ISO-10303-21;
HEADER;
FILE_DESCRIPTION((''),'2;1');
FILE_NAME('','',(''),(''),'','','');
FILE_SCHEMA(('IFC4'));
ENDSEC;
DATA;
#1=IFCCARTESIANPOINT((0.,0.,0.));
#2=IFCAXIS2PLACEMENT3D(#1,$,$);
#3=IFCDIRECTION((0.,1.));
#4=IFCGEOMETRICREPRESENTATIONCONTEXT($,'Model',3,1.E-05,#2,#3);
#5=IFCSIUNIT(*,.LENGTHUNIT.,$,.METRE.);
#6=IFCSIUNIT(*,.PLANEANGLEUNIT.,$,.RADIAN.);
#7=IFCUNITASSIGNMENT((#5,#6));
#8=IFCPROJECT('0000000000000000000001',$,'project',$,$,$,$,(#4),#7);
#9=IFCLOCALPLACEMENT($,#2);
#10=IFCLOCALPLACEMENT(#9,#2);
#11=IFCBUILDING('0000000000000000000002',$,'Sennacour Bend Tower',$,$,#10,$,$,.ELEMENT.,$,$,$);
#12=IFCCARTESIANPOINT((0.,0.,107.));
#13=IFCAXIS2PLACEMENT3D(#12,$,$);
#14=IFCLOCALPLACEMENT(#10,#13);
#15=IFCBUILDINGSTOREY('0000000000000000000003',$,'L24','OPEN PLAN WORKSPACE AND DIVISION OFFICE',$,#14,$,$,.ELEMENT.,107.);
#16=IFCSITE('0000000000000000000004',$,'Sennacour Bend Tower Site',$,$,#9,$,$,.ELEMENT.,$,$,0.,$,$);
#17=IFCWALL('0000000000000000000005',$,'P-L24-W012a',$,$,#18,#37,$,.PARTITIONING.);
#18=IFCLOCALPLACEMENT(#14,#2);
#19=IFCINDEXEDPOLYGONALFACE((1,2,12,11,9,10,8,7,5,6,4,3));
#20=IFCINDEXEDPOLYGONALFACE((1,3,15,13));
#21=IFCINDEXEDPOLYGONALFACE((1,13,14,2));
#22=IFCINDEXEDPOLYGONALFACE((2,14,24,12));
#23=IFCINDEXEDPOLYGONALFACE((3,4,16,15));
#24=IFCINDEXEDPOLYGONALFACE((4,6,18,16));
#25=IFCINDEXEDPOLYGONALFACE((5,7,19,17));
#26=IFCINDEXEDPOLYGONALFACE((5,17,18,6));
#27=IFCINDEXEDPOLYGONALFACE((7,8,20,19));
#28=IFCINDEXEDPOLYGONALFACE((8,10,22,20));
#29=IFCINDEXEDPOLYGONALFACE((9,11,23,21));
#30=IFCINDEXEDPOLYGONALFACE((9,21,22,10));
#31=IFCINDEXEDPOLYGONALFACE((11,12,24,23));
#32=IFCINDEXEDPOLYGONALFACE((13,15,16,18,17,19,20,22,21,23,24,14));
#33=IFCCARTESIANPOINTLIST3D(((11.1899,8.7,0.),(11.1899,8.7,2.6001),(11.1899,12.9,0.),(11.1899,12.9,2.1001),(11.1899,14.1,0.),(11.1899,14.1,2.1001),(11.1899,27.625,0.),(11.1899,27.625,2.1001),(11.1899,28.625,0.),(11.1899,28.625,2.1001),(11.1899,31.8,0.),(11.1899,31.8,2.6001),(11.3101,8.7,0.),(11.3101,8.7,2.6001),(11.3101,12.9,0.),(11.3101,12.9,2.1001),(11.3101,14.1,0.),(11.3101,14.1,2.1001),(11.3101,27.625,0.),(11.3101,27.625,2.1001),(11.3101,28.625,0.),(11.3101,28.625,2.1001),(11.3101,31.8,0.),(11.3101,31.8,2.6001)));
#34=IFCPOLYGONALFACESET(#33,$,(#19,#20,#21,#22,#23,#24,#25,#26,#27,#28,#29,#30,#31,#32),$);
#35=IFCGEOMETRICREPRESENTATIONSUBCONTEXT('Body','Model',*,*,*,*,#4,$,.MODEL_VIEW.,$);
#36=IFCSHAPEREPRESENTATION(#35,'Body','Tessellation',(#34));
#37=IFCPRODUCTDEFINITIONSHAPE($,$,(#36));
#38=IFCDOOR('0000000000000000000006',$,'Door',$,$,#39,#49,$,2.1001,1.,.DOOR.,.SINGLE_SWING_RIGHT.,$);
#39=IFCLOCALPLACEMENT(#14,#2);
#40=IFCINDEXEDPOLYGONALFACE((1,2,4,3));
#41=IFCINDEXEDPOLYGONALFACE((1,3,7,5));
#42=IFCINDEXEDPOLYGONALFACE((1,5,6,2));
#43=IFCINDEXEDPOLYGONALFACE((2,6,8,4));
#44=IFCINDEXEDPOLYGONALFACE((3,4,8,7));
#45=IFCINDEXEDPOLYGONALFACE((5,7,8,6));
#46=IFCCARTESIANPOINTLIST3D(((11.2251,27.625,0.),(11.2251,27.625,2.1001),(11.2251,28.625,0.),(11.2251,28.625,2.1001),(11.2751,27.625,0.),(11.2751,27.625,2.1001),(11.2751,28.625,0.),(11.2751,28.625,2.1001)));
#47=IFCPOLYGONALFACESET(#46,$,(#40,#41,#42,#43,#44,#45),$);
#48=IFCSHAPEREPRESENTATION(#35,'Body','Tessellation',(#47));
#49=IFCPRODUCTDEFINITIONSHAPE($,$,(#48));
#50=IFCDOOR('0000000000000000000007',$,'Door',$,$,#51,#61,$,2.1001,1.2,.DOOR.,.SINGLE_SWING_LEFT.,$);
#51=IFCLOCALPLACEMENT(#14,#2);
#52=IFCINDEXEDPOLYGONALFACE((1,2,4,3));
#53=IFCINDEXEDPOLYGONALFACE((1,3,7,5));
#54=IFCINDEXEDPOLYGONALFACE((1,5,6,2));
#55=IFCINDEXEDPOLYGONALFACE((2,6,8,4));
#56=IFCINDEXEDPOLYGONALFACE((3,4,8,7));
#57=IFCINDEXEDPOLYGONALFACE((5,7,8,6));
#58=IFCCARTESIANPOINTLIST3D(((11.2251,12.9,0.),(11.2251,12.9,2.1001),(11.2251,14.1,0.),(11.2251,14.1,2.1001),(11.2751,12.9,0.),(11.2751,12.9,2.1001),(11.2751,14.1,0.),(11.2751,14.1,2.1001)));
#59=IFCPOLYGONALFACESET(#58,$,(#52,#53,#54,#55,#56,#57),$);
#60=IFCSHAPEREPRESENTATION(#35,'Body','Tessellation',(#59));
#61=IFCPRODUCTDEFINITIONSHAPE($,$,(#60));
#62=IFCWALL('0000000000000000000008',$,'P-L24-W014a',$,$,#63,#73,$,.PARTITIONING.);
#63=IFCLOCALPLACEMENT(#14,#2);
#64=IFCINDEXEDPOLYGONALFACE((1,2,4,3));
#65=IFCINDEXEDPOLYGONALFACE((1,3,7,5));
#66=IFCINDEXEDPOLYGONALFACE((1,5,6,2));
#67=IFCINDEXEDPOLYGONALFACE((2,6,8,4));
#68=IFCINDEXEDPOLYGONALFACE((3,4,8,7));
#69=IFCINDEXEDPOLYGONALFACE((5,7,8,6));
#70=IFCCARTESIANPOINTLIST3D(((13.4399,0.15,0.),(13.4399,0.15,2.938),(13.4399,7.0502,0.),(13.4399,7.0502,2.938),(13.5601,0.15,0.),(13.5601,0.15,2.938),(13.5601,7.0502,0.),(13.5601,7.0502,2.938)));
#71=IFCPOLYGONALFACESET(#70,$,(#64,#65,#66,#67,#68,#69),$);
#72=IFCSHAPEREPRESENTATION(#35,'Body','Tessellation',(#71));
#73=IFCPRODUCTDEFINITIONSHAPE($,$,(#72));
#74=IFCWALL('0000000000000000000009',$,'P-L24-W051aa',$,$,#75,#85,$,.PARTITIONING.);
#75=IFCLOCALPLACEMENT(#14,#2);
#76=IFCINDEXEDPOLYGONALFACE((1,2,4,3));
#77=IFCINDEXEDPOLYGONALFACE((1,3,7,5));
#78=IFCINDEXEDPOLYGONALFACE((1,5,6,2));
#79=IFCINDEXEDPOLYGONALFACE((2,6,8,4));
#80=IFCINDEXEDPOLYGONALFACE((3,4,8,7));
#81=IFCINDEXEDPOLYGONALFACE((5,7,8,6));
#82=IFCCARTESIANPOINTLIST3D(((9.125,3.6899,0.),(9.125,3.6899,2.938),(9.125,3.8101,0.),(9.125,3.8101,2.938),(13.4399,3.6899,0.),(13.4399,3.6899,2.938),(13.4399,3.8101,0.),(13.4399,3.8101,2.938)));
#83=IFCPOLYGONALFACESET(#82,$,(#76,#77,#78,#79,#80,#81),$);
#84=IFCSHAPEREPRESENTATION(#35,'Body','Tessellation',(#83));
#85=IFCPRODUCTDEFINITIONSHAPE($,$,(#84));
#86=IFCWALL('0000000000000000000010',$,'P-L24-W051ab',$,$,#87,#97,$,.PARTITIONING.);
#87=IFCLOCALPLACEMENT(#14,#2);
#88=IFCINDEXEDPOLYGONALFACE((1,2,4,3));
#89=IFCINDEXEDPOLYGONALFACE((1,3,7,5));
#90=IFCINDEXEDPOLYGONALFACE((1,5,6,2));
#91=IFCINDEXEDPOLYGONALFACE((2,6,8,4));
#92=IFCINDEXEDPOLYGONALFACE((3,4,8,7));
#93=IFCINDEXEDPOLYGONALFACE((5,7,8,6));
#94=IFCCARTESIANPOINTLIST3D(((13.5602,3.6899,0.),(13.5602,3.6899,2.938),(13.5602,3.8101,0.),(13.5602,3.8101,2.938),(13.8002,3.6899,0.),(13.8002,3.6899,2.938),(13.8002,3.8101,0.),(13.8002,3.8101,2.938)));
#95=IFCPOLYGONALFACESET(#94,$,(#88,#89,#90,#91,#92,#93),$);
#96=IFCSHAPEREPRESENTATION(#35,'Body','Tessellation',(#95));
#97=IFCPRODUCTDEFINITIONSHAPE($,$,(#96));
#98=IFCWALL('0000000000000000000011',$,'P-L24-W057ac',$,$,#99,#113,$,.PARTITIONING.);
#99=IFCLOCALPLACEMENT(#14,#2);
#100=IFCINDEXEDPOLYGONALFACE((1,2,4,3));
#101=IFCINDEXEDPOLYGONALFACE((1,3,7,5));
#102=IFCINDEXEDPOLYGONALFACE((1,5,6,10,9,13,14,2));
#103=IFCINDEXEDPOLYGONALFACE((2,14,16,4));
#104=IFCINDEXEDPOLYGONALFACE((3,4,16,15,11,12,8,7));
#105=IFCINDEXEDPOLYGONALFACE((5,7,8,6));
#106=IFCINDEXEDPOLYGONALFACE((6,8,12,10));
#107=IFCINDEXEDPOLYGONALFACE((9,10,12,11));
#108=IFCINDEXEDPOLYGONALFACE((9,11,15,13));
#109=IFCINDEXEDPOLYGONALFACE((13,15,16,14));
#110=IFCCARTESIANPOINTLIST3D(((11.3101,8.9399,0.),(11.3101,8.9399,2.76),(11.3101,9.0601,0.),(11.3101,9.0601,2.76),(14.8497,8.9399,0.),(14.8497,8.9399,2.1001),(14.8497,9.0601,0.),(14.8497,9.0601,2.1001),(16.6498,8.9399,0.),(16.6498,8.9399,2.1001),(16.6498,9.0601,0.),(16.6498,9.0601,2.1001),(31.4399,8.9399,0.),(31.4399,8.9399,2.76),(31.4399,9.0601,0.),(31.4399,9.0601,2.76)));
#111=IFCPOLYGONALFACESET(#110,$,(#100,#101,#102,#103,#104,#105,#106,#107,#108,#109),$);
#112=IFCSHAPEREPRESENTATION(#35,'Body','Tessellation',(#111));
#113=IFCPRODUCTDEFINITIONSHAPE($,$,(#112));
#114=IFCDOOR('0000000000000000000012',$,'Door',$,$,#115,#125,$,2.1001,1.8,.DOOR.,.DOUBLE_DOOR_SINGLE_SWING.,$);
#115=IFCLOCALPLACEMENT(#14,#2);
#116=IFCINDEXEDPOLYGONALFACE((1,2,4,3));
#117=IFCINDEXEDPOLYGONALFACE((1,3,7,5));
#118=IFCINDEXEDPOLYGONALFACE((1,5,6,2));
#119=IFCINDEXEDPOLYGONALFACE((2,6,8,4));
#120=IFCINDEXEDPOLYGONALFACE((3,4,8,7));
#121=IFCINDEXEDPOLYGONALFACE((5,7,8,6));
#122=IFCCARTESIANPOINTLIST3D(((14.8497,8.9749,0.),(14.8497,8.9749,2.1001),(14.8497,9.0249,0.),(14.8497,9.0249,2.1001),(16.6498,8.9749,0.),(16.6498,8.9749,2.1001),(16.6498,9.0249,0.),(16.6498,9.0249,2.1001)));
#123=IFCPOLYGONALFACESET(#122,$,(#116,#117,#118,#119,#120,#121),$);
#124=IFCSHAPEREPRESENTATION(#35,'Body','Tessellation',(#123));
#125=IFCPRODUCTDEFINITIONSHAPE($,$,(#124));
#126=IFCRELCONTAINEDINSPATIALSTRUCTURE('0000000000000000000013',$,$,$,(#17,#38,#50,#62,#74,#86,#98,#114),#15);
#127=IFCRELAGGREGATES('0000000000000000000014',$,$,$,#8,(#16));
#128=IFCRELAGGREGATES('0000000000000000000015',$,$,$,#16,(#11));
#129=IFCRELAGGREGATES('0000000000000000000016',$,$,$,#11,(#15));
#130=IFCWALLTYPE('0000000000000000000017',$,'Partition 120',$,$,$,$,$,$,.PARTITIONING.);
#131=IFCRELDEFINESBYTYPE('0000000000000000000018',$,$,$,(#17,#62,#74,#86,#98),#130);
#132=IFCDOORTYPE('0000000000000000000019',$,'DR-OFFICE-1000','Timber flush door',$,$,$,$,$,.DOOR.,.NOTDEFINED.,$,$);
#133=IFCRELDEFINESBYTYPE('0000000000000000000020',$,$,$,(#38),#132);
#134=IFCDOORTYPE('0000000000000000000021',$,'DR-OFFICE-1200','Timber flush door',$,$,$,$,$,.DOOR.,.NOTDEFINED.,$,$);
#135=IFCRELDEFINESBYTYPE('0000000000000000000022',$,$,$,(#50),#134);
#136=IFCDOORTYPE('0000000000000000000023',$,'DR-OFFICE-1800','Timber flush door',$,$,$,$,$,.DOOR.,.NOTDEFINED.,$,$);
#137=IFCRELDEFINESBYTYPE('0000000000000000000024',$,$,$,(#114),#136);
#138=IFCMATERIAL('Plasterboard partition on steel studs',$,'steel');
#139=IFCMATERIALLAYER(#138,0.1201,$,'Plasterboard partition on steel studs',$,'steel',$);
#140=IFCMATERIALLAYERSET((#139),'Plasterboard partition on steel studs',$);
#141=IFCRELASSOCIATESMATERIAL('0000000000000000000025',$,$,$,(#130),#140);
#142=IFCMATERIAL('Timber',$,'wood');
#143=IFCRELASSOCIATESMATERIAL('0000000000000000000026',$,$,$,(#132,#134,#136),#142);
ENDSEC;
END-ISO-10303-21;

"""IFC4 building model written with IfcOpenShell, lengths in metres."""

from ifc_helpers import new_model, si_unit, direction, frame, frame_2d, origin, place, context, subcontext, project, spatial, rectangle, extrude, material, layer, layer_set, type_object, element, fill, save


model = new_model("IFC4")

# Units and contexts
model_context = context("Model", 3, precision=1e-05, world=origin(), true_north=direction((0.0, 1.0)))
body_context = subcontext(model_context, "Body", "Model", "MODEL_VIEW")
ifc_project = project(units=[si_unit("LENGTHUNIT", "METRE"), si_unit("PLANEANGLEUNIT", "RADIAN")], contexts=[model_context])

# Site, building, storey
site_placement = place(None, origin())
site = spatial("IfcSite", under=ifc_project, at=site_placement, Name="Sennacour Bend Tower Site", CompositionType="ELEMENT", RefElevation=0.0)
building_placement = place(site_placement, origin())
building = spatial("IfcBuilding", under=site, at=building_placement, Name="Sennacour Bend Tower", CompositionType="ELEMENT")
storey_placement = place(building_placement, frame((0.0, 0.0, 107.0)))
storey = spatial("IfcBuildingStorey", under=building, at=storey_placement, Name="L24", Description="OPEN PLAN WORKSPACE AND DIVISION OFFICE", CompositionType="ELEMENT", Elevation=107.0)

# Wall, openings, doors
ifc_material_1 = material(Name="Plasterboard partition on steel studs", Category="steel")
ifc_layer_1 = layer(ifc_material_1, 0.1201, Name="Plasterboard partition on steel studs", Category="steel")
ifc_layer_set_1 = layer_set([ifc_layer_1], Name="Plasterboard partition on steel studs")
wall_type_1 = type_object("IfcWallType", Name="Partition 120", PredefinedType="PARTITIONING", material=ifc_layer_set_1)
wall_1_placement = place(storey_placement, frame((11.25, 8.7, 0.0), z_axis=(0.0, 0.0, 1.0), x_axis=(0.0, 1.0, 0.0)))
wall_1 = element("IfcWall", 1, at=wall_1_placement, inside=storey, type_object=wall_type_1, Name="P-L24-W012a", PredefinedType="PARTITIONING", context=body_context, shape_type="SweptSolid", body=[
    extrude(rectangle(XDim=23.1001, YDim=0.1201, at=frame_2d((11.55, 0.0))), origin(), (0.0, 0.0, 1.0), 2.6001),
])
opening_1_placement = place(wall_1_placement, frame((18.925, 0.0, 0.0)))
opening_1 = element("IfcOpeningElement", 2, at=opening_1_placement, cuts=wall_1, PredefinedType="OPENING", context=body_context, shape_type="SweptSolid", body=[
    extrude(rectangle(XDim=1.0, YDim=2.1001, at=frame_2d((0.5, 1.05))), frame((0.0, 0.0701, 0.0), z_axis=(0.0, -1.0, 0.0), x_axis=(1.0, 0.0, 0.0)), (0.0, 0.0, 1.0), 0.1401),
])
opening_2_placement = place(wall_1_placement, frame((4.2, 0.0, 0.0)))
opening_2 = element("IfcOpeningElement", 3, at=opening_2_placement, cuts=wall_1, PredefinedType="OPENING", context=body_context, shape_type="SweptSolid", body=[
    extrude(rectangle(XDim=1.2, YDim=2.1001, at=frame_2d((0.6001, 1.05))), frame((0.0, 0.0701, 0.0), z_axis=(0.0, -1.0, 0.0), x_axis=(1.0, 0.0, 0.0)), (0.0, 0.0, 1.0), 0.1401),
])
ifc_material_2 = material(Name="Timber", Category="wood")
door_type_1 = type_object("IfcDoorType", Name="DR-OFFICE-1000", Description="Timber flush door", OperationType="NOTDEFINED", PredefinedType="DOOR", material=ifc_material_2)
door_1_placement = place(opening_1_placement, origin())
door_1 = element("IfcDoor", 4, at=door_1_placement, inside=storey, type_object=door_type_1, Name="Door", OperationType="SINGLE_SWING_RIGHT", OverallHeight=2.1001, OverallWidth=1.0, PredefinedType="DOOR", context=body_context, shape_type="SweptSolid", body=[
    extrude(rectangle(XDim=1.0, YDim=2.1001, at=frame_2d((0.5, 1.05))), frame((0.0, 0.0249, 0.0), z_axis=(0.0, -1.0, 0.0), x_axis=(1.0, 0.0, 0.0)), (0.0, 0.0, 1.0), 0.05),
])
fill(opening_1, door_1)
door_type_2 = type_object("IfcDoorType", Name="DR-OFFICE-1200", Description="Timber flush door", OperationType="NOTDEFINED", PredefinedType="DOOR", material=ifc_material_2)
door_2_placement = place(opening_2_placement, origin())
door_2 = element("IfcDoor", 5, at=door_2_placement, inside=storey, type_object=door_type_2, Name="Door", OperationType="SINGLE_SWING_LEFT", OverallHeight=2.1001, OverallWidth=1.2, PredefinedType="DOOR", context=body_context, shape_type="SweptSolid", body=[
    extrude(rectangle(XDim=1.2, YDim=2.1001, at=frame_2d((0.6001, 1.05))), frame((0.0, 0.0249, 0.0), z_axis=(0.0, -1.0, 0.0), x_axis=(1.0, 0.0, 0.0)), (0.0, 0.0, 1.0), 0.05),
])
fill(opening_2, door_2)

# Walls
wall_2_placement = place(storey_placement, frame((13.5, 0.1499, 0.0), z_axis=(0.0, 0.0, 1.0), x_axis=(0.0, 1.0, 0.0)))
element("IfcWall", 6, at=wall_2_placement, inside=storey, type_object=wall_type_1, Name="P-L24-W014a", PredefinedType="PARTITIONING", context=body_context, shape_type="SweptSolid", body=[
    extrude(rectangle(XDim=6.9001, YDim=0.1201, at=frame_2d((3.4502, 0.0))), origin(), (0.0, 0.0, 1.0), 2.938),
])
wall_3_placement = place(storey_placement, frame((9.125, 3.75, 0.0), z_axis=(0.0, 0.0, 1.0), x_axis=(1.0, 0.0, 0.0)))
element("IfcWall", 7, at=wall_3_placement, inside=storey, type_object=wall_type_1, Name="P-L24-W051aa", PredefinedType="PARTITIONING", context=body_context, shape_type="SweptSolid", body=[
    extrude(rectangle(XDim=4.3149, YDim=0.1201, at=frame_2d((2.1575, 0.0))), origin(), (0.0, 0.0, 1.0), 2.938),
])
wall_4_placement = place(storey_placement, frame((13.5601, 3.75, 0.0), z_axis=(0.0, 0.0, 1.0), x_axis=(1.0, 0.0, 0.0)))
element("IfcWall", 8, at=wall_4_placement, inside=storey, type_object=wall_type_1, Name="P-L24-W051ab", PredefinedType="PARTITIONING", context=body_context, shape_type="SweptSolid", body=[
    extrude(rectangle(XDim=0.24, YDim=0.1201, at=frame_2d((0.1201, 0.0))), origin(), (0.0, 0.0, 1.0), 2.938),
])

# Wall, opening, door
wall_5_placement = place(storey_placement, frame((11.3101, 9.0, 0.0), z_axis=(0.0, 0.0, 1.0), x_axis=(1.0, 0.0, 0.0)))
wall_5 = element("IfcWall", 9, at=wall_5_placement, inside=storey, type_object=wall_type_1, Name="P-L24-W057ac", PredefinedType="PARTITIONING", context=body_context, shape_type="SweptSolid", body=[
    extrude(rectangle(XDim=20.1299, YDim=0.1201, at=frame_2d((10.0649, 0.0))), origin(), (0.0, 0.0, 1.0), 2.76),
])
opening_3_placement = place(wall_5_placement, frame((3.5398, 0.0, 0.0)))
opening_3 = element("IfcOpeningElement", 10, at=opening_3_placement, cuts=wall_5, PredefinedType="OPENING", context=body_context, shape_type="SweptSolid", body=[
    extrude(rectangle(XDim=1.8, YDim=2.1001, at=frame_2d((0.8999, 1.05))), frame((0.0, 0.0701, 0.0), z_axis=(0.0, -1.0, 0.0), x_axis=(1.0, 0.0, 0.0)), (0.0, 0.0, 1.0), 0.1401),
])
door_type_3 = type_object("IfcDoorType", Name="DR-OFFICE-1800", Description="Timber flush door", OperationType="NOTDEFINED", PredefinedType="DOOR", material=ifc_material_2)
door_3_placement = place(opening_3_placement, origin())
door_3 = element("IfcDoor", 11, at=door_3_placement, inside=storey, type_object=door_type_3, Name="Door", OperationType="DOUBLE_DOOR_SINGLE_SWING", OverallHeight=2.1001, OverallWidth=1.8, PredefinedType="DOOR", context=body_context, shape_type="SweptSolid", body=[
    extrude(rectangle(XDim=1.8, YDim=2.1001, at=frame_2d((0.8999, 1.05))), frame((0.0, 0.0249, 0.0), z_axis=(0.0, -1.0, 0.0), x_axis=(1.0, 0.0, 0.0)), (0.0, 0.0, 1.0), 0.05),
])
fill(opening_3, door_3)

save(model, "model.ifc")
